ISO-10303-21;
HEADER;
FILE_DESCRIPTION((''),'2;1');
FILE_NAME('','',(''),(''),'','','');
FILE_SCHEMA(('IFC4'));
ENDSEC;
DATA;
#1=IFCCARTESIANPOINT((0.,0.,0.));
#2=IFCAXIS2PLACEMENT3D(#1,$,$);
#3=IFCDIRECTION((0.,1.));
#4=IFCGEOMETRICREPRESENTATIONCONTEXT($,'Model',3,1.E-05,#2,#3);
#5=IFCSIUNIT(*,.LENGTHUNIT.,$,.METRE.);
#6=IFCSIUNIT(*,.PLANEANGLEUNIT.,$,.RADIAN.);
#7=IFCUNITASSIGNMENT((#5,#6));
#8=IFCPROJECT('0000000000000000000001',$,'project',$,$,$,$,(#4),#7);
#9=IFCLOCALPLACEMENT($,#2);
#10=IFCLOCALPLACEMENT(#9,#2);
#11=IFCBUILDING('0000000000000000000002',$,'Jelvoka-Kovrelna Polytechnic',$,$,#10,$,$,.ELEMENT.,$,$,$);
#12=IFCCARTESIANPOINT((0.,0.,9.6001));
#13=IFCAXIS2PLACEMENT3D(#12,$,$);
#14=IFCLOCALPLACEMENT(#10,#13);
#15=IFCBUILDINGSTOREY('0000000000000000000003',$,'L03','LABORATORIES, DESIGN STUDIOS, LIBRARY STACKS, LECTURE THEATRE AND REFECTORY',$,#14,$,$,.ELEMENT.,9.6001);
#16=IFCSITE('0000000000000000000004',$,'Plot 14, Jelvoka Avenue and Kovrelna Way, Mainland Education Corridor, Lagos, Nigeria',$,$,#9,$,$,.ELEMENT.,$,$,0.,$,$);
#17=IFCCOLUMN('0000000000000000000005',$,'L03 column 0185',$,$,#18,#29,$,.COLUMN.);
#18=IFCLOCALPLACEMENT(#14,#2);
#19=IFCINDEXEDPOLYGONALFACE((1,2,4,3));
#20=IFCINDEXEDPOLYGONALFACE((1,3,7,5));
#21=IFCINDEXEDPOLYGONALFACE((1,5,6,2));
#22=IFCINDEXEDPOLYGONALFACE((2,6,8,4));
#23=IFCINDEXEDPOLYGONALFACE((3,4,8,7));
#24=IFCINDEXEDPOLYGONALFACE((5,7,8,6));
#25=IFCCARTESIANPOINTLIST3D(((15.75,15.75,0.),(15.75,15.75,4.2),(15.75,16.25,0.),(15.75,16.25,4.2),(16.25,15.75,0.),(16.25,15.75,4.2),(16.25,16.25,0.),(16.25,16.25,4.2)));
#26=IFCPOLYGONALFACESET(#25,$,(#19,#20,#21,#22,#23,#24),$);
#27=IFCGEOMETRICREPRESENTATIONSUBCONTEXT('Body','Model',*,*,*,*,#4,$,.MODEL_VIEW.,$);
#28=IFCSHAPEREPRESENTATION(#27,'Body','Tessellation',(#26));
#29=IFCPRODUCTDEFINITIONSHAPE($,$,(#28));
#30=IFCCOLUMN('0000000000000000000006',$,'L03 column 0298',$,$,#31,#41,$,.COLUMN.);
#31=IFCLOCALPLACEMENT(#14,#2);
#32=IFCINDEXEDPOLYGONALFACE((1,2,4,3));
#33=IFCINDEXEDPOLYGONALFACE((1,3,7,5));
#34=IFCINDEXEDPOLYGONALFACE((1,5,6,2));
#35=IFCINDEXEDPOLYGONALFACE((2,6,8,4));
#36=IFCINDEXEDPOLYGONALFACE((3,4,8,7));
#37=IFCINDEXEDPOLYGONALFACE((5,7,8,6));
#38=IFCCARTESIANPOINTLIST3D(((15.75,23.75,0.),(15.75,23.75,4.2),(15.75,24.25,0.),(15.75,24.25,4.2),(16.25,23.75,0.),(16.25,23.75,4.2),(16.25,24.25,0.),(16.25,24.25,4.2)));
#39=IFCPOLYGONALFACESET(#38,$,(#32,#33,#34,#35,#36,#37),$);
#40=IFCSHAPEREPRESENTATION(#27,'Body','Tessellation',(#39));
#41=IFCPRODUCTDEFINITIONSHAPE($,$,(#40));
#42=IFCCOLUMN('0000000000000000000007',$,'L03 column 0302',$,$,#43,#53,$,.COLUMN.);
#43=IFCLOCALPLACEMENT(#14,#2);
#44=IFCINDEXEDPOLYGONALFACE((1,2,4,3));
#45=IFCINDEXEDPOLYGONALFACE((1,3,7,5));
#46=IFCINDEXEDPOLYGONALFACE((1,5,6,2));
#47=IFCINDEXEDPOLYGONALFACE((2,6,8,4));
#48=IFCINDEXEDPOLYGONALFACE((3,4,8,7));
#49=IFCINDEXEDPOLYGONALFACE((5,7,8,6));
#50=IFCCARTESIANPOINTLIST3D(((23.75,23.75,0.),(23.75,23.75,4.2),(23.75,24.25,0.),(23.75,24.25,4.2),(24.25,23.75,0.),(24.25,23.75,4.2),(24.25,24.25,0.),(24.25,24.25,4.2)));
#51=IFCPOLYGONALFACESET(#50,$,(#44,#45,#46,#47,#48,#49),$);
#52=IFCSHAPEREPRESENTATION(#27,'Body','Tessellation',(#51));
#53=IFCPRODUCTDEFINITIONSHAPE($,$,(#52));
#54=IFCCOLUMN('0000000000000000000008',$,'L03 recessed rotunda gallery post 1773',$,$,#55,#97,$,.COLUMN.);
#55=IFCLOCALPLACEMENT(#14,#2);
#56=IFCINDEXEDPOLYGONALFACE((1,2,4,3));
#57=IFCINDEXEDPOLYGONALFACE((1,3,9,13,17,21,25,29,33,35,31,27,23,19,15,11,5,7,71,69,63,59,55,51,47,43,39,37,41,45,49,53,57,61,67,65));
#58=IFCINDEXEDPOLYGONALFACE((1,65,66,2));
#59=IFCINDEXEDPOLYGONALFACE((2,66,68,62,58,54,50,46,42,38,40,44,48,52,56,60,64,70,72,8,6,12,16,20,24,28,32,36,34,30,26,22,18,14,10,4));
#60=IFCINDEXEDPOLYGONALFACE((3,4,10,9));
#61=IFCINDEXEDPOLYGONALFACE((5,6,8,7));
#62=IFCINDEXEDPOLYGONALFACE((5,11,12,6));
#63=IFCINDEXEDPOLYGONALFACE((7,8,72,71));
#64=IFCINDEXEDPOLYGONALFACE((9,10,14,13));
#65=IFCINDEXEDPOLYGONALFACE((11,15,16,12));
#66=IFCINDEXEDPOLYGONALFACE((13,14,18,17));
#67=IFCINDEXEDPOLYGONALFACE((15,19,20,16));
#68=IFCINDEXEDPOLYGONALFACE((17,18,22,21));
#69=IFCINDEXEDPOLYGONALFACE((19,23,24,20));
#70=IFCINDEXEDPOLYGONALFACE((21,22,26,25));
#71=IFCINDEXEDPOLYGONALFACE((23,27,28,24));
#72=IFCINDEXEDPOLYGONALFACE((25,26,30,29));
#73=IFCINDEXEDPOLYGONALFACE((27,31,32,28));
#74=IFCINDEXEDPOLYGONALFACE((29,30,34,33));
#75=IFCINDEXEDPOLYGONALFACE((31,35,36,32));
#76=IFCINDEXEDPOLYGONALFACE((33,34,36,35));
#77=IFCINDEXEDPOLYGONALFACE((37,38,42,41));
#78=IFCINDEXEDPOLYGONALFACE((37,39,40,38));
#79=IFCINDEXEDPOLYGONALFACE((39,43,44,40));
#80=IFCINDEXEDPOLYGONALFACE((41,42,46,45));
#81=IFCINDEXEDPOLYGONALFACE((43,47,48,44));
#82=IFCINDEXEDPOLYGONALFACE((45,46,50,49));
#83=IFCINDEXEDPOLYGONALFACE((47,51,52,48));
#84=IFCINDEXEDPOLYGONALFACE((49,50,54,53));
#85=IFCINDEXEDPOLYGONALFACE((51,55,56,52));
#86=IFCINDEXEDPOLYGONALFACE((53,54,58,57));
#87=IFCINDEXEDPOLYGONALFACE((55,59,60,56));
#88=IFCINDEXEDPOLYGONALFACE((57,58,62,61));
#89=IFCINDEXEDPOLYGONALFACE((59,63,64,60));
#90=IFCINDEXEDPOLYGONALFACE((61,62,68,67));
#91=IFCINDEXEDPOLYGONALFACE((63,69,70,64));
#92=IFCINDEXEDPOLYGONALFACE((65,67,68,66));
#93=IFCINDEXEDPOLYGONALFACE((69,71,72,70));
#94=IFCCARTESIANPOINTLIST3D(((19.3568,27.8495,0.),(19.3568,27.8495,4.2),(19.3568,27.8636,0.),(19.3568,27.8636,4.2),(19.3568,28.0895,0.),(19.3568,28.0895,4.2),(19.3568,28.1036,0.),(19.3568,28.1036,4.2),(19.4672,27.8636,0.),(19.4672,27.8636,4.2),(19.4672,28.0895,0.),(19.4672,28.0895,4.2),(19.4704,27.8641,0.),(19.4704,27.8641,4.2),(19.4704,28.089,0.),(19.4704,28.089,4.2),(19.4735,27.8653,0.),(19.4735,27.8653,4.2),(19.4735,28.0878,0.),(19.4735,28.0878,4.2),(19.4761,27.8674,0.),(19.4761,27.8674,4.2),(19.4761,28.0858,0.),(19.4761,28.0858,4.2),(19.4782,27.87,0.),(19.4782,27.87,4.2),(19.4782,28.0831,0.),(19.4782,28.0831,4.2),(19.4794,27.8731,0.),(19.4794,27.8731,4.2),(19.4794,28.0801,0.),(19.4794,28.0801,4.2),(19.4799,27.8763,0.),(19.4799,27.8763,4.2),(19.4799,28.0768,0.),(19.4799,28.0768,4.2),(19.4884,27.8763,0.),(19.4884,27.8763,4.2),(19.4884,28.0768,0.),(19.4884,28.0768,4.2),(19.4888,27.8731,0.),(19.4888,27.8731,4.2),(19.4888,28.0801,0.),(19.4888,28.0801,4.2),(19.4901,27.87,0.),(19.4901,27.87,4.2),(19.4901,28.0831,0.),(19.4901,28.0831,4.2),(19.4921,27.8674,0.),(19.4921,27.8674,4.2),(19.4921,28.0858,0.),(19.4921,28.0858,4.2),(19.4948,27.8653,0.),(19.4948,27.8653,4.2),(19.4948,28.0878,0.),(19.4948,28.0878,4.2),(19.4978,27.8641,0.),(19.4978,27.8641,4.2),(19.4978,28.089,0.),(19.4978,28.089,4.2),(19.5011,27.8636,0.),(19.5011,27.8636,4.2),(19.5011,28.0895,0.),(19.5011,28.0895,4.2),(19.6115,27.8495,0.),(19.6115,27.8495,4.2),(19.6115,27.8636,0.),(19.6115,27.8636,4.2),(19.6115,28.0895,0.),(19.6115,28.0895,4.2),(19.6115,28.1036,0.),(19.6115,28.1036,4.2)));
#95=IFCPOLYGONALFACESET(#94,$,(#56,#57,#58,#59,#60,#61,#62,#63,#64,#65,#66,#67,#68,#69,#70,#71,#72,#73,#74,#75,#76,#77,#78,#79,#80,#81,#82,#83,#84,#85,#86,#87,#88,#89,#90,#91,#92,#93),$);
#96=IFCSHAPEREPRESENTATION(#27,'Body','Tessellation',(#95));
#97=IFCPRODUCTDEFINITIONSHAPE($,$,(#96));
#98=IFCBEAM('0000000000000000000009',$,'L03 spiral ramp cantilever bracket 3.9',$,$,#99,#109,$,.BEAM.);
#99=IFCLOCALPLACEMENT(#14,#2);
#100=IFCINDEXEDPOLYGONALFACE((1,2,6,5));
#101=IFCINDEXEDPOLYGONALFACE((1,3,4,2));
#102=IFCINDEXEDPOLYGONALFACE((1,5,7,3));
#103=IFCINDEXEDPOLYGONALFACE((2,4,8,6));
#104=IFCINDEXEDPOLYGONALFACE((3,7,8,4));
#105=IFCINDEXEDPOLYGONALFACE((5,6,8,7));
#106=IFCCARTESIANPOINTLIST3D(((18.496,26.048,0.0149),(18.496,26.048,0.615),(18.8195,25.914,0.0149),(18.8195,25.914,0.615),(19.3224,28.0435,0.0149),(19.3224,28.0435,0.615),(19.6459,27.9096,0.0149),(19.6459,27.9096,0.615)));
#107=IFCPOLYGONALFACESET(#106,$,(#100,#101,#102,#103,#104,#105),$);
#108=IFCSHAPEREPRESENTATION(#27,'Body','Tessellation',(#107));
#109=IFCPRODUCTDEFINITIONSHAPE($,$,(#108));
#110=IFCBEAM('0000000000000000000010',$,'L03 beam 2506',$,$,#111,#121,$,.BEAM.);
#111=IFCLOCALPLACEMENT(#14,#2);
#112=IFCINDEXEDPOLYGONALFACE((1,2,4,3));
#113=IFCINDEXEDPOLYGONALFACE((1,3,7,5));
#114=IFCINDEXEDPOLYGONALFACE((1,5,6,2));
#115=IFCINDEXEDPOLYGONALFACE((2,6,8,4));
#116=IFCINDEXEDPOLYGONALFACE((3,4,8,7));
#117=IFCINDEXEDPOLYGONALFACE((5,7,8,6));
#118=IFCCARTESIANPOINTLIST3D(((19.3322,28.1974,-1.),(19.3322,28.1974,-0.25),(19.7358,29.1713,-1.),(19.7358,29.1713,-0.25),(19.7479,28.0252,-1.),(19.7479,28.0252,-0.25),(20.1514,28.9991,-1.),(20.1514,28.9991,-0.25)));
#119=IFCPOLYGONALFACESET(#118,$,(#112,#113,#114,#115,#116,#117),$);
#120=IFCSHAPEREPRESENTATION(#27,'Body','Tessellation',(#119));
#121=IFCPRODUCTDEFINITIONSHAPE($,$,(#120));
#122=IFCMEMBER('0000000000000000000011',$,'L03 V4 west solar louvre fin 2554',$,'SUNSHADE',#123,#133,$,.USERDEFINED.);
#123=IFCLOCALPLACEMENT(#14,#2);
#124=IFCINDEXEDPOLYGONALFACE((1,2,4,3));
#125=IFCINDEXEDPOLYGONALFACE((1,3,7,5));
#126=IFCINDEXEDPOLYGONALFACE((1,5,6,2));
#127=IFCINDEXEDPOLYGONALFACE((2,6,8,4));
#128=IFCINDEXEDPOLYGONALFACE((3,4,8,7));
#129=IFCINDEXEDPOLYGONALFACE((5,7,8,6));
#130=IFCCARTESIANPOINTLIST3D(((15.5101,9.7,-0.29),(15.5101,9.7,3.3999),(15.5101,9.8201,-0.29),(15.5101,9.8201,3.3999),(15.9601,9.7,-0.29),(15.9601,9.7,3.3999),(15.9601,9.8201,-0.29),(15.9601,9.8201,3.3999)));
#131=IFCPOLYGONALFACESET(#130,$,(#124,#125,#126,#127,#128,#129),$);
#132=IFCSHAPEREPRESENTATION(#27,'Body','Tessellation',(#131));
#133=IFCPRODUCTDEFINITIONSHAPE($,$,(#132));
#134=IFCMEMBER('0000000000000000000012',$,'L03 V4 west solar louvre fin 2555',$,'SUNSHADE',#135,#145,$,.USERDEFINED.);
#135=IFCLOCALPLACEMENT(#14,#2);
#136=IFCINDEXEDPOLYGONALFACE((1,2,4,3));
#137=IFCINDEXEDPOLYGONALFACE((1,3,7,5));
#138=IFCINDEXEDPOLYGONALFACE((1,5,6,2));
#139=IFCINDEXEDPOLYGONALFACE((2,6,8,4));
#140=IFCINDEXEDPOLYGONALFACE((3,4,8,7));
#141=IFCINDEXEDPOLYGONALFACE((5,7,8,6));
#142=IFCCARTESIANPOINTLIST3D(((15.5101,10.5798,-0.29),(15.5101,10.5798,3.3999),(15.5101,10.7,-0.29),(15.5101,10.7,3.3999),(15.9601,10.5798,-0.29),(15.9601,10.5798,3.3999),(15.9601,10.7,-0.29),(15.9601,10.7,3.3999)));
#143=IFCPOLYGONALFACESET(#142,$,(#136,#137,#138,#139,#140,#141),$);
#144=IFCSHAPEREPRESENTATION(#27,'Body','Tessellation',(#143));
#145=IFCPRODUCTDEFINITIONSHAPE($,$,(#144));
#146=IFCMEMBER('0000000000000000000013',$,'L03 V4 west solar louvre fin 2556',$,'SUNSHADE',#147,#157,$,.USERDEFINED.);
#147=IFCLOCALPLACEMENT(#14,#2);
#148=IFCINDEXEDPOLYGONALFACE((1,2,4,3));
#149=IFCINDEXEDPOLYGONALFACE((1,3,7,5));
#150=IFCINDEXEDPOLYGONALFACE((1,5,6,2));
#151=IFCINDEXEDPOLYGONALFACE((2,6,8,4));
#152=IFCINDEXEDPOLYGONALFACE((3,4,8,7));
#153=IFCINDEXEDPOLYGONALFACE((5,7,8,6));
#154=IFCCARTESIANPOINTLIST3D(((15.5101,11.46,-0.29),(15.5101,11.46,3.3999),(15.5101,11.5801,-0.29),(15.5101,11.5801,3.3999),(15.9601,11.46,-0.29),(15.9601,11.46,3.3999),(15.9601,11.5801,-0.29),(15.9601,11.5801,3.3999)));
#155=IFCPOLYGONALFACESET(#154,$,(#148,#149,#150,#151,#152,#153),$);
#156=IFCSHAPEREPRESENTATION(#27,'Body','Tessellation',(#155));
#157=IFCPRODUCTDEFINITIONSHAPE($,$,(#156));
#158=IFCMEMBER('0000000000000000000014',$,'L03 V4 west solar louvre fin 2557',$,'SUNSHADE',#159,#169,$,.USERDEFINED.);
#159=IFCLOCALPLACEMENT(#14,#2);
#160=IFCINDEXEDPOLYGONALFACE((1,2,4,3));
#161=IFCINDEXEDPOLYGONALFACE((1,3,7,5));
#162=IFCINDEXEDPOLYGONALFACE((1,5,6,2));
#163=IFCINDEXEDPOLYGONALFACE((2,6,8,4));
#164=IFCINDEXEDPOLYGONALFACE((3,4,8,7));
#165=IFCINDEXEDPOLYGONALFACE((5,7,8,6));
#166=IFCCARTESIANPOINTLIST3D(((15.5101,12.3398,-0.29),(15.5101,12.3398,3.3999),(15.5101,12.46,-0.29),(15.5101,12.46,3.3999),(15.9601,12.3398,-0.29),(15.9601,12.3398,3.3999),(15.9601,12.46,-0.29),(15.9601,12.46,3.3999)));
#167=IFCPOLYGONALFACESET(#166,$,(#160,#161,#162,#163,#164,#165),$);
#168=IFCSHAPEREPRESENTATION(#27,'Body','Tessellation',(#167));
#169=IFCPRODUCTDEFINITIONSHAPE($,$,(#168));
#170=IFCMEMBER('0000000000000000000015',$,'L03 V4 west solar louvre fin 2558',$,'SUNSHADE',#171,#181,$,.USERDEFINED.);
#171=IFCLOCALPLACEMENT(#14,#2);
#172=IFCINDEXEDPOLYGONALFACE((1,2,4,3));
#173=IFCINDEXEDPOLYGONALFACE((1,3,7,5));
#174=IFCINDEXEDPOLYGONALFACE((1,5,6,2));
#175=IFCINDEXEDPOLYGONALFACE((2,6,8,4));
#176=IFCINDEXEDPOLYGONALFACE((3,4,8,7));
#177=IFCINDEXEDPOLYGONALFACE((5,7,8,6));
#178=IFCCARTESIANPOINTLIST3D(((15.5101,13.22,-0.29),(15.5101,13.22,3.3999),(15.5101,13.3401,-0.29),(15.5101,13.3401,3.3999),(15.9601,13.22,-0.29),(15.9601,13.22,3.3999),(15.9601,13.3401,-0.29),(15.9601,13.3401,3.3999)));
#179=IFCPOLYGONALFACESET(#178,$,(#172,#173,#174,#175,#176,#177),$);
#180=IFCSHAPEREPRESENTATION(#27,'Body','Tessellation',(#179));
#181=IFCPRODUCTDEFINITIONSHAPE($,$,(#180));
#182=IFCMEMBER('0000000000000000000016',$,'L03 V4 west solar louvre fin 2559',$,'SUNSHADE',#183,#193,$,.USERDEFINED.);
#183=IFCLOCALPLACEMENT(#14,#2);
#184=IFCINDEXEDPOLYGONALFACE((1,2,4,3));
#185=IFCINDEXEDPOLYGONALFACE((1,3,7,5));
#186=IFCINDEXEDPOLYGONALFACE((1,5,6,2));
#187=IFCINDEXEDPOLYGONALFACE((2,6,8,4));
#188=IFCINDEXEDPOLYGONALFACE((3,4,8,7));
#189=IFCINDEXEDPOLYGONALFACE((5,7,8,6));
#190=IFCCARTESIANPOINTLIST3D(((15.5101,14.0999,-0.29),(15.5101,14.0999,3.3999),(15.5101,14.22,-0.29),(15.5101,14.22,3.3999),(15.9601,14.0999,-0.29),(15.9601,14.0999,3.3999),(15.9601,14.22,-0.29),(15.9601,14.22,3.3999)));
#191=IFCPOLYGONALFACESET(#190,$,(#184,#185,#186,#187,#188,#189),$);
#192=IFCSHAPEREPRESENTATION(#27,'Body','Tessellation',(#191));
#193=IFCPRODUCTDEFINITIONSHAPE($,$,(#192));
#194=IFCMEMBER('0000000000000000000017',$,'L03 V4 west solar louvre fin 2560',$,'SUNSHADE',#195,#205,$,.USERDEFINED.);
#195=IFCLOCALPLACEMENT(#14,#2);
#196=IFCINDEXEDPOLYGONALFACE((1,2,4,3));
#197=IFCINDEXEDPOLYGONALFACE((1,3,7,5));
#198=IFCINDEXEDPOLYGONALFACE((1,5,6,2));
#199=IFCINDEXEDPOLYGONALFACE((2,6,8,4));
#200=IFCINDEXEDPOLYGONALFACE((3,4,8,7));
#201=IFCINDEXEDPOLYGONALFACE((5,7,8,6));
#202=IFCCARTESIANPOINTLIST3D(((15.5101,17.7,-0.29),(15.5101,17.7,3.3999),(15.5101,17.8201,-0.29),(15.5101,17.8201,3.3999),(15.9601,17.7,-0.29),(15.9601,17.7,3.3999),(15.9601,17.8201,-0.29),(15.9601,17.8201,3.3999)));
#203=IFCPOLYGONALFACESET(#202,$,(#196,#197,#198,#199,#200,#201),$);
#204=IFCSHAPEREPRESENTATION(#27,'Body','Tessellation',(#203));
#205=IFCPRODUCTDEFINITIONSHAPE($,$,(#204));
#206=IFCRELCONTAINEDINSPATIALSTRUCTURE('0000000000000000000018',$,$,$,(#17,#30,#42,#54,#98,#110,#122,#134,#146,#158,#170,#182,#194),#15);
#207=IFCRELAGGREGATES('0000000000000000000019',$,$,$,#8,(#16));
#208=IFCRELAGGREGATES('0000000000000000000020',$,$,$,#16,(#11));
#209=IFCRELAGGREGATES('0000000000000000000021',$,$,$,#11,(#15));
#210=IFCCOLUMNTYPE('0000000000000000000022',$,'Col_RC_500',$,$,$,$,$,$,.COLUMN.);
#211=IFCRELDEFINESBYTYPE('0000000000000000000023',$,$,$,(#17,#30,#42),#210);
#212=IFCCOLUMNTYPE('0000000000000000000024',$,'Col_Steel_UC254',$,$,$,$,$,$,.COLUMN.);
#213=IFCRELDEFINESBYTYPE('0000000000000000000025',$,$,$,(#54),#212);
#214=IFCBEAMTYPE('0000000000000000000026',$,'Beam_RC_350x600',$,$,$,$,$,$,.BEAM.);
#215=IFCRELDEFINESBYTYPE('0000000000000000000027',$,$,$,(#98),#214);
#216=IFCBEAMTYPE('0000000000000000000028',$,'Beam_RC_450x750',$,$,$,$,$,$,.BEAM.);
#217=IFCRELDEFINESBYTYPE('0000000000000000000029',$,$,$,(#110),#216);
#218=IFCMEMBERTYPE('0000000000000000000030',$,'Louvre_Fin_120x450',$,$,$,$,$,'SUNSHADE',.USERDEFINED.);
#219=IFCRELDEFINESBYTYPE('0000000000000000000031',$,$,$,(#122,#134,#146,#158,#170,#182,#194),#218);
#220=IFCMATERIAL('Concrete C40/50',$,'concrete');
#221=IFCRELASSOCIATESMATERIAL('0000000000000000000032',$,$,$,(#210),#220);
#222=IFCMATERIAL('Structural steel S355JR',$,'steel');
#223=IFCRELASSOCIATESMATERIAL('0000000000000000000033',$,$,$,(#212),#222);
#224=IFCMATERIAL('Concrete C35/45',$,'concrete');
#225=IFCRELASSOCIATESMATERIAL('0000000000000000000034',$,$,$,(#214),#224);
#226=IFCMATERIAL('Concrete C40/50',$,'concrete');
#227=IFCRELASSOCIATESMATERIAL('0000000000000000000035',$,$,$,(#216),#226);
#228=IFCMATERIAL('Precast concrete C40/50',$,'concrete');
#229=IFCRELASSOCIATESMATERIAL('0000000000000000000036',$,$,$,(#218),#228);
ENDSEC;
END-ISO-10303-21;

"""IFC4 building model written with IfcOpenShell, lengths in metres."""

from ifc_helpers import new_model, si_unit, direction, frame, origin, origin_2d, place, context, subcontext, project, spatial, rectangle, i_section, extrude, material, material_profile, profile_set, type_object, element, save


model = new_model("IFC4")

# Units and contexts
model_context = context("Model", 3, precision=1e-05, world=origin(), true_north=direction((0.0, 1.0)))
body_context = subcontext(model_context, "Body", "Model", "MODEL_VIEW")
ifc_project = project(units=[si_unit("LENGTHUNIT", "METRE"), si_unit("PLANEANGLEUNIT", "RADIAN")], contexts=[model_context])

# Site, building, storey
site_placement = place(None, origin())
site = spatial("IfcSite", under=ifc_project, at=site_placement, Name="Plot 14, Jelvoka Avenue and Kovrelna Way, Mainland Education Corridor, Lagos, Nigeria", CompositionType="ELEMENT", RefElevation=0.0)
building_placement = place(site_placement, origin())
building = spatial("IfcBuilding", under=site, at=building_placement, Name="Jelvoka-Kovrelna Polytechnic", CompositionType="ELEMENT")
storey_placement = place(building_placement, frame((0.0, 0.0, 9.6001)))
storey = spatial("IfcBuildingStorey", under=building, at=storey_placement, Name="L03", Description="LABORATORIES, DESIGN STUDIOS, LIBRARY STACKS, LECTURE THEATRE AND REFECTORY", CompositionType="ELEMENT", Elevation=9.6001)

# Columns
ifc_material_1 = material(Name="Concrete C40/50", Category="concrete")
ifc_material_profile_1 = material_profile(ifc_material_1, rectangle(XDim=0.5, YDim=0.5, at=origin_2d()), Name="RC 500x500")
ifc_profile_set_1 = profile_set([ifc_material_profile_1], Name="Concrete C40/50")
column_type_1 = type_object("IfcColumnType", Name="Col_RC_500", PredefinedType="COLUMN", material=ifc_profile_set_1)
for number, where, z_axis, x_axis, name in (
    (1, (16.0, 16.0, 0.0), (0.0, 0.0, 1.0), (0.0, 1.0, 0.0), "L03 column 0185"),
    (2, (16.0, 24.0, 0.0), (0.0, 0.0, 1.0), (0.0, 1.0, 0.0), "L03 column 0298"),
    (3, (24.0, 24.0, 0.0), (0.0, 0.0, 1.0), (0.0, 1.0, 0.0), "L03 column 0302"),
):
    element("IfcColumn", number, at=place(storey_placement, frame(where, z_axis=z_axis, x_axis=x_axis)), inside=storey, type_object=column_type_1, Name=name, PredefinedType="COLUMN", context=body_context, shape_type="SweptSolid", body=[
        extrude(rectangle(XDim=0.5, YDim=0.5, at=origin_2d()), origin(), (0.0, 0.0, 1.0), 4.2),
    ])
ifc_material_2 = material(Name="Structural steel S355JR", Category="steel")
ifc_material_profile_2 = material_profile(ifc_material_2, i_section(OverallWidth=0.2546, OverallDepth=0.2542, WebThickness=0.0085, FlangeThickness=0.0142, FilletRadius=0.0127, at=origin_2d()), Name="254x254x73 UC")
ifc_profile_set_2 = profile_set([ifc_material_profile_2], Name="Structural steel S355JR")
column_type_2 = type_object("IfcColumnType", Name="Col_Steel_UC254", PredefinedType="COLUMN", material=ifc_profile_set_2)
column_placement = place(storey_placement, frame((19.4841, 27.9766, 0.0), z_axis=(0.0, 0.0, 1.0), x_axis=(1.0, 0.0, 0.0)))
element("IfcColumn", 4, at=column_placement, inside=storey, type_object=column_type_2, Name="L03 recessed rotunda gallery post 1773", PredefinedType="COLUMN", context=body_context, shape_type="SweptSolid", body=[
    extrude(i_section(OverallWidth=0.2546, OverallDepth=0.2542, WebThickness=0.0085, FlangeThickness=0.0142, FilletRadius=0.0127, at=origin_2d()), origin(), (0.0, 0.0, 1.0), 4.2),
])

# Beams
ifc_material_3 = material(Name="Concrete C35/45", Category="concrete")
ifc_material_profile_3 = material_profile(ifc_material_3, rectangle(XDim=0.3501, YDim=0.6001, at=origin_2d()), Name="RC 350x600")
ifc_profile_set_3 = profile_set([ifc_material_profile_3], Name="Concrete C35/45")
beam_type_1 = type_object("IfcBeamType", Name="Beam_RC_350x600", PredefinedType="BEAM", material=ifc_profile_set_3)
beam_1_placement = place(storey_placement, frame((19.4841, 27.9766, 0.3149), z_axis=(-0.382608, -0.923911, 0.0), x_axis=(0.923911, -0.382608, 0.0)))
element("IfcBeam", 5, at=beam_1_placement, inside=storey, type_object=beam_type_1, Name="L03 spiral ramp cantilever bracket 3.9", PredefinedType="BEAM", context=body_context, shape_type="SweptSolid", body=[
    extrude(rectangle(XDim=0.3501, YDim=0.6001, at=origin_2d()), origin(), (0.0, 0.0, 1.0), 2.1599),
])
ifc_material_4 = material(Name="Concrete C40/50", Category="concrete")
ifc_material_profile_4 = material_profile(ifc_material_4, rectangle(XDim=0.45, YDim=0.75, at=origin_2d()), Name="RC 450x750")
ifc_profile_set_4 = profile_set([ifc_material_profile_4], Name="Concrete C40/50")
beam_type_2 = type_object("IfcBeamType", Name="Beam_RC_450x750", PredefinedType="BEAM", material=ifc_profile_set_4)
beam_2_placement = place(storey_placement, frame((19.9436, 29.0852, -0.625), z_axis=(-0.382822, -0.923822, 0.0), x_axis=(0.923822, -0.382822, 0.0)))
element("IfcBeam", 6, at=beam_2_placement, inside=storey, type_object=beam_type_2, Name="L03 beam 2506", PredefinedType="BEAM", context=body_context, shape_type="SweptSolid", body=[
    extrude(rectangle(XDim=0.45, YDim=0.75, at=origin_2d()), origin(), (0.0, 0.0, 1.0), 1.0542),
])

# Members
ifc_material_5 = material(Name="Precast concrete C40/50", Category="concrete")
ifc_material_profile_5 = material_profile(ifc_material_5, rectangle(XDim=0.1201, YDim=0.45, at=origin_2d()), Name="PC 120x450")
ifc_profile_set_5 = profile_set([ifc_material_profile_5], Name="Precast concrete C40/50")
member_type_1 = type_object("IfcMemberType", Name="Louvre_Fin_120x450", ElementType="SUNSHADE", PredefinedType="USERDEFINED", material=ifc_profile_set_5)
for number, where, z_axis, x_axis, name in (
    (7, (15.7351, 9.76, -0.29), (0.0, 0.0, 1.0), (0.0, 1.0, 0.0), "L03 V4 west solar louvre fin 2554"),
    (8, (15.7351, 10.6399, -0.29), (0.0, 0.0, 1.0), (0.0, 1.0, 0.0), "L03 V4 west solar louvre fin 2555"),
    (9, (15.7351, 11.52, -0.29), (0.0, 0.0, 1.0), (0.0, 1.0, 0.0), "L03 V4 west solar louvre fin 2556"),
    (10, (15.7351, 12.3999, -0.29), (0.0, 0.0, 1.0), (0.0, 1.0, 0.0), "L03 V4 west solar louvre fin 2557"),
    (11, (15.7351, 13.28, -0.29), (0.0, 0.0, 1.0), (0.0, 1.0, 0.0), "L03 V4 west solar louvre fin 2558"),
    (12, (15.7351, 14.1599, -0.29), (0.0, 0.0, 1.0), (0.0, 1.0, 0.0), "L03 V4 west solar louvre fin 2559"),
    (13, (15.7351, 17.76, -0.29), (0.0, 0.0, 1.0), (0.0, 1.0, 0.0), "L03 V4 west solar louvre fin 2560"),
):
    element("IfcMember", number, at=place(storey_placement, frame(where, z_axis=z_axis, x_axis=x_axis)), inside=storey, type_object=member_type_1, Name=name, ObjectType="SUNSHADE", PredefinedType="USERDEFINED", context=body_context, shape_type="SweptSolid", body=[
        extrude(rectangle(XDim=0.1201, YDim=0.45, at=origin_2d()), origin(), (0.0, 0.0, 1.0), 3.6899),
    ])

save(model, "model.ifc")
